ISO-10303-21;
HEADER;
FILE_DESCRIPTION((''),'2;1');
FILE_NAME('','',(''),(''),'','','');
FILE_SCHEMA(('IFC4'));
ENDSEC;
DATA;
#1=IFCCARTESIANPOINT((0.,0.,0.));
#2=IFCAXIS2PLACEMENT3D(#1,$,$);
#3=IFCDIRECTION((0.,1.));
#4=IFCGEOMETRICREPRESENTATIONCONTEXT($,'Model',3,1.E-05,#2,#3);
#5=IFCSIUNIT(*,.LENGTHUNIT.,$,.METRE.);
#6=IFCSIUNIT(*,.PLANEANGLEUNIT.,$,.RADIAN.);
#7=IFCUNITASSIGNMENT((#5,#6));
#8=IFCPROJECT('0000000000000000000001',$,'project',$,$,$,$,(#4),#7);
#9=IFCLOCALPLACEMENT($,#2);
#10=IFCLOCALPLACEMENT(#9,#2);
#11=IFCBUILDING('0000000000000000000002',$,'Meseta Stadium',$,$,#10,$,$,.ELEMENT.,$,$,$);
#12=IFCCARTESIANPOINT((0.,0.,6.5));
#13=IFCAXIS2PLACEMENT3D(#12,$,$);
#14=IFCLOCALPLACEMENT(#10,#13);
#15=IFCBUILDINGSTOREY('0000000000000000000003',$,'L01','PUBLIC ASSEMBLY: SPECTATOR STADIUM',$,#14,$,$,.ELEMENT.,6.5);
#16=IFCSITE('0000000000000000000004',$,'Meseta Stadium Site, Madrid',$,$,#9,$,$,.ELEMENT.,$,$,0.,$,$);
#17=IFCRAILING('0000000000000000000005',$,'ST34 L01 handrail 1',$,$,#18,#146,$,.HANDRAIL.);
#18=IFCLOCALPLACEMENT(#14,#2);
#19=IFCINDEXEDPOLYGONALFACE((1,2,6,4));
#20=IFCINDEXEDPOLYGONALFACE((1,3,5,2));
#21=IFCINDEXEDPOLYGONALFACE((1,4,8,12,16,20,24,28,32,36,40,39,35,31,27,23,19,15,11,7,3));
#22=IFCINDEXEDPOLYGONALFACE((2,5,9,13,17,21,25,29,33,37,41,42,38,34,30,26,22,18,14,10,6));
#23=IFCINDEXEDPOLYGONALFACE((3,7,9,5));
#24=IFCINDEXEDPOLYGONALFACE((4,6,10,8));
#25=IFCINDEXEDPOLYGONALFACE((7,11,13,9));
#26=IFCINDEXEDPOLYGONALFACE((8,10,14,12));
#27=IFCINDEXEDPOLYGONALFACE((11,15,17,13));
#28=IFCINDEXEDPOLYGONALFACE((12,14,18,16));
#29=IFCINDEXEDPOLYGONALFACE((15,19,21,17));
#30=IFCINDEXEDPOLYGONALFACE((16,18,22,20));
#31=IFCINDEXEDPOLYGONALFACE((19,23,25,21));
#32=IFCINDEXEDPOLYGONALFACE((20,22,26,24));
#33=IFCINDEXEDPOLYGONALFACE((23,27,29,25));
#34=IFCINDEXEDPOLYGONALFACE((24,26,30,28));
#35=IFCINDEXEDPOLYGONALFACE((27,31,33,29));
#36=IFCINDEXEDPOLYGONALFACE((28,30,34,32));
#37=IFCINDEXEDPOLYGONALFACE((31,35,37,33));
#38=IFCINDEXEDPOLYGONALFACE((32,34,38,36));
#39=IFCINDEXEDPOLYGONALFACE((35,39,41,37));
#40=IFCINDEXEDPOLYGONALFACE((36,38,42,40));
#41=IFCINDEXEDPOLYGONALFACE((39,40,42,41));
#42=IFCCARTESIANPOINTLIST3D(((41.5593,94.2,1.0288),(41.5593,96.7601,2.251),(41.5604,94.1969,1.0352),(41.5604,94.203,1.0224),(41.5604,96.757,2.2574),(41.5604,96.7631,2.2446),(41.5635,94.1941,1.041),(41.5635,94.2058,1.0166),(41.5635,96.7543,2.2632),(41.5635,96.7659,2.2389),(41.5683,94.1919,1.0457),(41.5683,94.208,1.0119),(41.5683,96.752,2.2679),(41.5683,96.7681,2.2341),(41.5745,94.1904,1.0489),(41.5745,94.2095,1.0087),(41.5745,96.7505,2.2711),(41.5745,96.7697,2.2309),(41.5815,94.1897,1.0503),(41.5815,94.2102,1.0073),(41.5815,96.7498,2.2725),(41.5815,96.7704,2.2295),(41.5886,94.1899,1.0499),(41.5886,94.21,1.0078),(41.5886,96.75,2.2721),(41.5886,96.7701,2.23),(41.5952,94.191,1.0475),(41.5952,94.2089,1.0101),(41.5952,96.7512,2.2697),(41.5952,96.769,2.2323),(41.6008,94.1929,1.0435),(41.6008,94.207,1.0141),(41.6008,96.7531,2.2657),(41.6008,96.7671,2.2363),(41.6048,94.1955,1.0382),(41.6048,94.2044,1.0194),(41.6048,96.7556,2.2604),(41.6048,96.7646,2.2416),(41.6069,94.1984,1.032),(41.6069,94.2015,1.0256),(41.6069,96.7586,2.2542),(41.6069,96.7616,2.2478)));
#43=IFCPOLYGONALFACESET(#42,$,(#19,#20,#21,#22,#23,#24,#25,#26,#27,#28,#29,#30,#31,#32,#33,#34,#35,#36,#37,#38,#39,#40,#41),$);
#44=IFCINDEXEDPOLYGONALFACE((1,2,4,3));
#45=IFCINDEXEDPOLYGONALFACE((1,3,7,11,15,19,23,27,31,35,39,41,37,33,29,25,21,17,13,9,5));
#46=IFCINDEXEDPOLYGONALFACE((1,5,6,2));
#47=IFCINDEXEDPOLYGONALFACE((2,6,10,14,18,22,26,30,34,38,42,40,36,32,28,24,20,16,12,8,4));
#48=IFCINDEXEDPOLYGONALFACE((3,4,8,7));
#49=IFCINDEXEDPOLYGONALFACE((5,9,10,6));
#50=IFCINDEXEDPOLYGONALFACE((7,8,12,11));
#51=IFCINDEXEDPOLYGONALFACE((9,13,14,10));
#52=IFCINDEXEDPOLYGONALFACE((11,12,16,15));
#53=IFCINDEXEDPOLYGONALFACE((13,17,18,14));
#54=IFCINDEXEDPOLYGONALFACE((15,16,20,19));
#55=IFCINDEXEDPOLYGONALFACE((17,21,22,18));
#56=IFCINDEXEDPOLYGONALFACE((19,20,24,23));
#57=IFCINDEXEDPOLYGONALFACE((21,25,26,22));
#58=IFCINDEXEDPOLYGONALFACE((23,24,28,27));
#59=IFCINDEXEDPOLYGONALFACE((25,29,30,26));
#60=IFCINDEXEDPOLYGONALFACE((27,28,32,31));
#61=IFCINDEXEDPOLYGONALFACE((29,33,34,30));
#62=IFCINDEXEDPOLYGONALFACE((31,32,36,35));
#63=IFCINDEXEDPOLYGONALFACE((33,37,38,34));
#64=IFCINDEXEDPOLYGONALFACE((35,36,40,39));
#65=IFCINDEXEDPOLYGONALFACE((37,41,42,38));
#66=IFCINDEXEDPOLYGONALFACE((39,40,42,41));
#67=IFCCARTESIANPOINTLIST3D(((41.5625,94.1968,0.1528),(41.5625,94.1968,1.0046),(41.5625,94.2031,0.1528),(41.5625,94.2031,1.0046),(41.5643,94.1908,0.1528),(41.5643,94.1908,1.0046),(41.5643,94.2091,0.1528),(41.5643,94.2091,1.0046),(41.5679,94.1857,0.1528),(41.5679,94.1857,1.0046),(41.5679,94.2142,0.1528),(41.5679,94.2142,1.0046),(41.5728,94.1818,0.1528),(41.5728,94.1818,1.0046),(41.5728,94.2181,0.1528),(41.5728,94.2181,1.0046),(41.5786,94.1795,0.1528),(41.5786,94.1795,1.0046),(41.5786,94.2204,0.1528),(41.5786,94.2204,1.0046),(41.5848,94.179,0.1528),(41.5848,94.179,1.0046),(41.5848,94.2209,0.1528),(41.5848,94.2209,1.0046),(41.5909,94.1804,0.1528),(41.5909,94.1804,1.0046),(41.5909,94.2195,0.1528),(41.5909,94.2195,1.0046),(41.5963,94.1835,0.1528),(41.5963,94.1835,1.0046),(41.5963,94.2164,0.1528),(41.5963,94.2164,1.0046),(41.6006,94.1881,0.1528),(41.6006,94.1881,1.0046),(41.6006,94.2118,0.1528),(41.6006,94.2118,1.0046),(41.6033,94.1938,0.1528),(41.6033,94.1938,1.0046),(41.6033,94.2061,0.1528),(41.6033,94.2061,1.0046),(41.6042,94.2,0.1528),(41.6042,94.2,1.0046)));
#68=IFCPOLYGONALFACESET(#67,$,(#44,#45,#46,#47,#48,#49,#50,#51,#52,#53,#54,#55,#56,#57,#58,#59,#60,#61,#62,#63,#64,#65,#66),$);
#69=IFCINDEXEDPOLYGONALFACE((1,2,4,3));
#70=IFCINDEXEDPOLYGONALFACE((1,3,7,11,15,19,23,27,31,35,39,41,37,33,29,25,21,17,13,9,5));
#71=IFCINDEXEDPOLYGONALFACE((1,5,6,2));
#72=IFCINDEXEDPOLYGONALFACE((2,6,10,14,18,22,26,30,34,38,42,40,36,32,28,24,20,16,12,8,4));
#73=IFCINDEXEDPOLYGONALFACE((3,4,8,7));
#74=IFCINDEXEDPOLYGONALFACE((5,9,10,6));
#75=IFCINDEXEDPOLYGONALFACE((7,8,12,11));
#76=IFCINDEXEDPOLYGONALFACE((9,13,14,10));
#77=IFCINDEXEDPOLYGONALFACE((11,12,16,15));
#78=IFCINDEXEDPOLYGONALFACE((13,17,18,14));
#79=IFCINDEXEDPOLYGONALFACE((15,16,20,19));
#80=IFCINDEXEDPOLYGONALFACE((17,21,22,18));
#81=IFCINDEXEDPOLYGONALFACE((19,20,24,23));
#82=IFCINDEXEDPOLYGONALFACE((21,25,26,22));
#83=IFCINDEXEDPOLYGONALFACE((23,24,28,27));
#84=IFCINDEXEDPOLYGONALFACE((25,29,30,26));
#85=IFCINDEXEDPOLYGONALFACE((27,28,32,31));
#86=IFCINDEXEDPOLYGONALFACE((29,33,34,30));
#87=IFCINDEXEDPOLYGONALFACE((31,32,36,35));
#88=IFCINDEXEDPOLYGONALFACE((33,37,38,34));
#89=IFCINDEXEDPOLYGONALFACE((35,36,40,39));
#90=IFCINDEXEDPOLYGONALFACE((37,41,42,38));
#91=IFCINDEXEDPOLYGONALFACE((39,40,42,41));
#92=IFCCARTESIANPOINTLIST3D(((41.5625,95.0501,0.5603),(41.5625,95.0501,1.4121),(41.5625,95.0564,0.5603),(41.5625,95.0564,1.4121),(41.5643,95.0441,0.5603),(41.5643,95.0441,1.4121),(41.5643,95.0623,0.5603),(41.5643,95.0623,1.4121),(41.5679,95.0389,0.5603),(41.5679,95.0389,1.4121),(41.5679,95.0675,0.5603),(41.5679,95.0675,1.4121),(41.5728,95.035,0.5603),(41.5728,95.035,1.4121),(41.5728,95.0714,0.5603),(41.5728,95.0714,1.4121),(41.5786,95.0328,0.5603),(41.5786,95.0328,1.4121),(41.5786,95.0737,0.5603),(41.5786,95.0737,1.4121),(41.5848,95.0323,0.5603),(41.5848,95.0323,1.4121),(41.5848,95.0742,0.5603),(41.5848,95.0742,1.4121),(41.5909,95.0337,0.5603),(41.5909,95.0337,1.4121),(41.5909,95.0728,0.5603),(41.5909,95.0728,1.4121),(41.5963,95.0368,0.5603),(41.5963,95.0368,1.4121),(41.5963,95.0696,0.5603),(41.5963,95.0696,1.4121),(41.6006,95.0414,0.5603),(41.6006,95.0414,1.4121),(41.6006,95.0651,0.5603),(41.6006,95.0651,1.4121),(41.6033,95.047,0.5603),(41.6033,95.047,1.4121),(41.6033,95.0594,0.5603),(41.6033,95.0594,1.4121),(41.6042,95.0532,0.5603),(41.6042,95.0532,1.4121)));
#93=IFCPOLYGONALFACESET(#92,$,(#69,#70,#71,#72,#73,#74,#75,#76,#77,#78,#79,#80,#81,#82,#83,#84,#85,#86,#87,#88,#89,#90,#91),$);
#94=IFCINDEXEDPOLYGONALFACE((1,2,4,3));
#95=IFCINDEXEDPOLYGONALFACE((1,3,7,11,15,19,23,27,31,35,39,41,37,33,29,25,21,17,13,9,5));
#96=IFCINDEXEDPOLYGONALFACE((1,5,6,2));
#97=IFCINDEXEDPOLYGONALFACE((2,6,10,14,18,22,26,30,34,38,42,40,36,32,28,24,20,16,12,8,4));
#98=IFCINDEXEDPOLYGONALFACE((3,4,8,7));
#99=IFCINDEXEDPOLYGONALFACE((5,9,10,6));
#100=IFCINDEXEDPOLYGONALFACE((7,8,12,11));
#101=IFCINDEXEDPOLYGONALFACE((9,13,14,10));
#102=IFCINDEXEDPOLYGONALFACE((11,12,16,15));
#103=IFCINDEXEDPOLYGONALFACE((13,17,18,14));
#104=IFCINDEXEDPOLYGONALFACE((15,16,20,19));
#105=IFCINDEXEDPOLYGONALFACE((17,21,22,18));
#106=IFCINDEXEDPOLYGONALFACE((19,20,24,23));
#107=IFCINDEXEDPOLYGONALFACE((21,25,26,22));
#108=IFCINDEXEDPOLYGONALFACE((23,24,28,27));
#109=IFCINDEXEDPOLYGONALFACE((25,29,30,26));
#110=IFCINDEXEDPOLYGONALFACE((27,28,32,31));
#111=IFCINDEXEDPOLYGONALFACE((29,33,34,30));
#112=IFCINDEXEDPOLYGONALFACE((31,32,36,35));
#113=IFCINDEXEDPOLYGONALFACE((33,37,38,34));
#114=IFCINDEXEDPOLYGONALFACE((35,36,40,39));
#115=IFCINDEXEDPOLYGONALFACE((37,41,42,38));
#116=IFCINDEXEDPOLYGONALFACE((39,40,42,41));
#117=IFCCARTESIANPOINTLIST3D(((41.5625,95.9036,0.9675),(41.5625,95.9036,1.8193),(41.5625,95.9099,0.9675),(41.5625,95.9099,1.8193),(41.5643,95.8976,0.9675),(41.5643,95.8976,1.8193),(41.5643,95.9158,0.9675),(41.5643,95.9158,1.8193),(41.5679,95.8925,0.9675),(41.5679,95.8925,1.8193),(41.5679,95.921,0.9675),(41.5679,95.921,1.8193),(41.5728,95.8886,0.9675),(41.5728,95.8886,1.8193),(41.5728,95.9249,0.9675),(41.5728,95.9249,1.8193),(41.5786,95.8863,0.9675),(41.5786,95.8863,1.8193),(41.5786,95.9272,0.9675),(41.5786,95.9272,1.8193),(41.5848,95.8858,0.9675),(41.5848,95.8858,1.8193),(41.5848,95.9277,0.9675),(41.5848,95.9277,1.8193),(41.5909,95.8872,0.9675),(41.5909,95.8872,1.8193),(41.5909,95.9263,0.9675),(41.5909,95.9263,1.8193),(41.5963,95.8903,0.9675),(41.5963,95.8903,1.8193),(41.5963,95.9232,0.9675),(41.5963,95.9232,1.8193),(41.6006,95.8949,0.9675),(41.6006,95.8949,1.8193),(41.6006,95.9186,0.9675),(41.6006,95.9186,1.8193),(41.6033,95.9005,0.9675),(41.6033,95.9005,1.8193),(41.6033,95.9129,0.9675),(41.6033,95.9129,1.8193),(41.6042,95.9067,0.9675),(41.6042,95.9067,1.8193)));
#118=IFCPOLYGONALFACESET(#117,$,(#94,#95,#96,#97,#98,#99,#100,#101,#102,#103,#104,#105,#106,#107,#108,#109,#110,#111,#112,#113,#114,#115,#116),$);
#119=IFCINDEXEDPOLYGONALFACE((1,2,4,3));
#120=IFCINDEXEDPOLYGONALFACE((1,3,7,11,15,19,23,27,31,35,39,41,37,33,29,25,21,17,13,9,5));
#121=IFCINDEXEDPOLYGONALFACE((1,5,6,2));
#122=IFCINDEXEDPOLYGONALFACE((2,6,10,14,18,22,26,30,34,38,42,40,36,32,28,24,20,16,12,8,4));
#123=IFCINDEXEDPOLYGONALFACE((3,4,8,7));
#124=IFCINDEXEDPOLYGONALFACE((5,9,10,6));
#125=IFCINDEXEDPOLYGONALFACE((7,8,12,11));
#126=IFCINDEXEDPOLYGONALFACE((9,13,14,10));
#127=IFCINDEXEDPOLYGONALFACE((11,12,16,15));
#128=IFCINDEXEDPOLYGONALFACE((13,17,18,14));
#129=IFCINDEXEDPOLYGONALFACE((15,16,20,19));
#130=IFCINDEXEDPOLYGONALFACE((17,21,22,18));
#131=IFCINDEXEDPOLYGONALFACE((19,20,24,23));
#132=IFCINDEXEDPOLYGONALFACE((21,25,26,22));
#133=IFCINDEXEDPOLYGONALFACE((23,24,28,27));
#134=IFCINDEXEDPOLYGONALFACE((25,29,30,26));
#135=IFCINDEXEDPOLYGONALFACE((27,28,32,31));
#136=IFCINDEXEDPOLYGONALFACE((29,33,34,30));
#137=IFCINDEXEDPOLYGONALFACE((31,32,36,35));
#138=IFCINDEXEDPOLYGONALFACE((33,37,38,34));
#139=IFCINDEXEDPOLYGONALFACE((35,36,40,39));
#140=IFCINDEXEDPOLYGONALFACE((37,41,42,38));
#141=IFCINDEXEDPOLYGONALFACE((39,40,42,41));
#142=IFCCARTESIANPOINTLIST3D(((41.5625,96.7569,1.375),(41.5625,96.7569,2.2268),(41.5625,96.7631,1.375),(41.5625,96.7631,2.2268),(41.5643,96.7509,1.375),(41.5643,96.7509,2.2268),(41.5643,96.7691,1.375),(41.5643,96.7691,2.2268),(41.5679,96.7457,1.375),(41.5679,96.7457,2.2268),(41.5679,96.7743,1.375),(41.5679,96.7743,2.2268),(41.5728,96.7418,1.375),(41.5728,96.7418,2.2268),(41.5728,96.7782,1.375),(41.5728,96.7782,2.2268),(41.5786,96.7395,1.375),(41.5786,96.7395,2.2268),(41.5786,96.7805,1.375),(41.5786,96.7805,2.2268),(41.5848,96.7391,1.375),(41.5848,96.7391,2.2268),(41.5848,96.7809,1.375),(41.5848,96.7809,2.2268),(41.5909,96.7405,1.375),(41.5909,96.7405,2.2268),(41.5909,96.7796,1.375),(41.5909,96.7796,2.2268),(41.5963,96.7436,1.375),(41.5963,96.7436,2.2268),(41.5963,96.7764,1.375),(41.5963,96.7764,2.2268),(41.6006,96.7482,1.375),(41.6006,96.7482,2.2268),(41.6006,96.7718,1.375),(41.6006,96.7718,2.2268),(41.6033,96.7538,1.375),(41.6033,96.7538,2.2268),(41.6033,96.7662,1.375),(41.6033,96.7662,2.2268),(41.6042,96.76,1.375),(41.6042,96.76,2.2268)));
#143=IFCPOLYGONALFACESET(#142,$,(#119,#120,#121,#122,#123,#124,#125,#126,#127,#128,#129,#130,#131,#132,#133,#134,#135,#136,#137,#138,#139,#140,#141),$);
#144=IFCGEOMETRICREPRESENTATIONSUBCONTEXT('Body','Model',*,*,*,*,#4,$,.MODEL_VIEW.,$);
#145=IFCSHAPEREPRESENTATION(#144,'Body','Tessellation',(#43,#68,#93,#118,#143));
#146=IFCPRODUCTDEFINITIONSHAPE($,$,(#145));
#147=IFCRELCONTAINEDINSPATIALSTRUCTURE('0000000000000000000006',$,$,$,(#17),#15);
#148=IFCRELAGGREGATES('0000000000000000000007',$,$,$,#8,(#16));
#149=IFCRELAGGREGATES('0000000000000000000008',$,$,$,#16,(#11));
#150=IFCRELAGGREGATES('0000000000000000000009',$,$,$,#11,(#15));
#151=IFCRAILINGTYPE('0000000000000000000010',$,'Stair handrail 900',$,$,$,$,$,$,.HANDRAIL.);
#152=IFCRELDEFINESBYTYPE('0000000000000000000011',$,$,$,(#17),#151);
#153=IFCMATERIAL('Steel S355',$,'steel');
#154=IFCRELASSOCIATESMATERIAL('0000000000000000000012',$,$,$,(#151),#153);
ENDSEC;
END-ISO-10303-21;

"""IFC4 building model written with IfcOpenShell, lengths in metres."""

from ifc_helpers import new_model, si_unit, direction, frame, origin, origin_2d, place, context, subcontext, project, spatial, circle, extrude, material, type_object, element, save


model = new_model("IFC4")

# Units and contexts
model_context = context("Model", 3, precision=1e-05, world=origin(), true_north=direction((0.0, 1.0)))
body_context = subcontext(model_context, "Body", "Model", "MODEL_VIEW")
ifc_project = project(units=[si_unit("LENGTHUNIT", "METRE"), si_unit("PLANEANGLEUNIT", "RADIAN")], contexts=[model_context])

# Site, building, storey
site_placement = place(None, origin())
site = spatial("IfcSite", under=ifc_project, at=site_placement, Name="Meseta Stadium Site, Madrid", CompositionType="ELEMENT", RefElevation=0.0)
building_placement = place(site_placement, origin())
building = spatial("IfcBuilding", under=site, at=building_placement, Name="Meseta Stadium", CompositionType="ELEMENT")
storey_placement = place(building_placement, frame((0.0, 0.0, 6.5)))
storey = spatial("IfcBuildingStorey", under=building, at=storey_placement, Name="L01", Description="PUBLIC ASSEMBLY: SPECTATOR STADIUM", CompositionType="ELEMENT", Elevation=6.5)

# Railing
ifc_material_1 = material(Name="Steel S355", Category="steel")
railing_type_1 = type_object("IfcRailingType", Name="Stair handrail 900", PredefinedType="HANDRAIL", material=ifc_material_1)
railing_1_placement = place(storey_placement, frame((41.5833, 94.2, 0.1528)))
element("IfcRailing", 1, at=railing_1_placement, inside=storey, type_object=railing_type_1, Name="ST34 L01 handrail 1", PredefinedType="HANDRAIL", context=body_context, shape_type="SweptSolid", body=[
    extrude(circle(Radius=0.0239, at=origin_2d()), frame((0.0, 0.0, 0.876), z_axis=(0.0, 0.902437, 0.430822), x_axis=(-1.0, 0.0, 0.0)), (0.0, 0.0, 1.0), 2.8369),
    extrude(circle(Radius=0.021, at=origin_2d()), origin(), (0.0, 0.0, 1.0), 0.8518),
    extrude(circle(Radius=0.021, at=origin_2d()), frame((0.0, 0.8533, 0.4075)), (0.0, 0.0, 1.0), 0.8518),
    extrude(circle(Radius=0.021, at=origin_2d()), frame((0.0, 1.7068, 0.8147)), (0.0, 0.0, 1.0), 0.8518),
    extrude(circle(Radius=0.021, at=origin_2d()), frame((0.0, 2.5601, 1.2222)), (0.0, 0.0, 1.0), 0.8518),
])

save(model, "model.ifc")
